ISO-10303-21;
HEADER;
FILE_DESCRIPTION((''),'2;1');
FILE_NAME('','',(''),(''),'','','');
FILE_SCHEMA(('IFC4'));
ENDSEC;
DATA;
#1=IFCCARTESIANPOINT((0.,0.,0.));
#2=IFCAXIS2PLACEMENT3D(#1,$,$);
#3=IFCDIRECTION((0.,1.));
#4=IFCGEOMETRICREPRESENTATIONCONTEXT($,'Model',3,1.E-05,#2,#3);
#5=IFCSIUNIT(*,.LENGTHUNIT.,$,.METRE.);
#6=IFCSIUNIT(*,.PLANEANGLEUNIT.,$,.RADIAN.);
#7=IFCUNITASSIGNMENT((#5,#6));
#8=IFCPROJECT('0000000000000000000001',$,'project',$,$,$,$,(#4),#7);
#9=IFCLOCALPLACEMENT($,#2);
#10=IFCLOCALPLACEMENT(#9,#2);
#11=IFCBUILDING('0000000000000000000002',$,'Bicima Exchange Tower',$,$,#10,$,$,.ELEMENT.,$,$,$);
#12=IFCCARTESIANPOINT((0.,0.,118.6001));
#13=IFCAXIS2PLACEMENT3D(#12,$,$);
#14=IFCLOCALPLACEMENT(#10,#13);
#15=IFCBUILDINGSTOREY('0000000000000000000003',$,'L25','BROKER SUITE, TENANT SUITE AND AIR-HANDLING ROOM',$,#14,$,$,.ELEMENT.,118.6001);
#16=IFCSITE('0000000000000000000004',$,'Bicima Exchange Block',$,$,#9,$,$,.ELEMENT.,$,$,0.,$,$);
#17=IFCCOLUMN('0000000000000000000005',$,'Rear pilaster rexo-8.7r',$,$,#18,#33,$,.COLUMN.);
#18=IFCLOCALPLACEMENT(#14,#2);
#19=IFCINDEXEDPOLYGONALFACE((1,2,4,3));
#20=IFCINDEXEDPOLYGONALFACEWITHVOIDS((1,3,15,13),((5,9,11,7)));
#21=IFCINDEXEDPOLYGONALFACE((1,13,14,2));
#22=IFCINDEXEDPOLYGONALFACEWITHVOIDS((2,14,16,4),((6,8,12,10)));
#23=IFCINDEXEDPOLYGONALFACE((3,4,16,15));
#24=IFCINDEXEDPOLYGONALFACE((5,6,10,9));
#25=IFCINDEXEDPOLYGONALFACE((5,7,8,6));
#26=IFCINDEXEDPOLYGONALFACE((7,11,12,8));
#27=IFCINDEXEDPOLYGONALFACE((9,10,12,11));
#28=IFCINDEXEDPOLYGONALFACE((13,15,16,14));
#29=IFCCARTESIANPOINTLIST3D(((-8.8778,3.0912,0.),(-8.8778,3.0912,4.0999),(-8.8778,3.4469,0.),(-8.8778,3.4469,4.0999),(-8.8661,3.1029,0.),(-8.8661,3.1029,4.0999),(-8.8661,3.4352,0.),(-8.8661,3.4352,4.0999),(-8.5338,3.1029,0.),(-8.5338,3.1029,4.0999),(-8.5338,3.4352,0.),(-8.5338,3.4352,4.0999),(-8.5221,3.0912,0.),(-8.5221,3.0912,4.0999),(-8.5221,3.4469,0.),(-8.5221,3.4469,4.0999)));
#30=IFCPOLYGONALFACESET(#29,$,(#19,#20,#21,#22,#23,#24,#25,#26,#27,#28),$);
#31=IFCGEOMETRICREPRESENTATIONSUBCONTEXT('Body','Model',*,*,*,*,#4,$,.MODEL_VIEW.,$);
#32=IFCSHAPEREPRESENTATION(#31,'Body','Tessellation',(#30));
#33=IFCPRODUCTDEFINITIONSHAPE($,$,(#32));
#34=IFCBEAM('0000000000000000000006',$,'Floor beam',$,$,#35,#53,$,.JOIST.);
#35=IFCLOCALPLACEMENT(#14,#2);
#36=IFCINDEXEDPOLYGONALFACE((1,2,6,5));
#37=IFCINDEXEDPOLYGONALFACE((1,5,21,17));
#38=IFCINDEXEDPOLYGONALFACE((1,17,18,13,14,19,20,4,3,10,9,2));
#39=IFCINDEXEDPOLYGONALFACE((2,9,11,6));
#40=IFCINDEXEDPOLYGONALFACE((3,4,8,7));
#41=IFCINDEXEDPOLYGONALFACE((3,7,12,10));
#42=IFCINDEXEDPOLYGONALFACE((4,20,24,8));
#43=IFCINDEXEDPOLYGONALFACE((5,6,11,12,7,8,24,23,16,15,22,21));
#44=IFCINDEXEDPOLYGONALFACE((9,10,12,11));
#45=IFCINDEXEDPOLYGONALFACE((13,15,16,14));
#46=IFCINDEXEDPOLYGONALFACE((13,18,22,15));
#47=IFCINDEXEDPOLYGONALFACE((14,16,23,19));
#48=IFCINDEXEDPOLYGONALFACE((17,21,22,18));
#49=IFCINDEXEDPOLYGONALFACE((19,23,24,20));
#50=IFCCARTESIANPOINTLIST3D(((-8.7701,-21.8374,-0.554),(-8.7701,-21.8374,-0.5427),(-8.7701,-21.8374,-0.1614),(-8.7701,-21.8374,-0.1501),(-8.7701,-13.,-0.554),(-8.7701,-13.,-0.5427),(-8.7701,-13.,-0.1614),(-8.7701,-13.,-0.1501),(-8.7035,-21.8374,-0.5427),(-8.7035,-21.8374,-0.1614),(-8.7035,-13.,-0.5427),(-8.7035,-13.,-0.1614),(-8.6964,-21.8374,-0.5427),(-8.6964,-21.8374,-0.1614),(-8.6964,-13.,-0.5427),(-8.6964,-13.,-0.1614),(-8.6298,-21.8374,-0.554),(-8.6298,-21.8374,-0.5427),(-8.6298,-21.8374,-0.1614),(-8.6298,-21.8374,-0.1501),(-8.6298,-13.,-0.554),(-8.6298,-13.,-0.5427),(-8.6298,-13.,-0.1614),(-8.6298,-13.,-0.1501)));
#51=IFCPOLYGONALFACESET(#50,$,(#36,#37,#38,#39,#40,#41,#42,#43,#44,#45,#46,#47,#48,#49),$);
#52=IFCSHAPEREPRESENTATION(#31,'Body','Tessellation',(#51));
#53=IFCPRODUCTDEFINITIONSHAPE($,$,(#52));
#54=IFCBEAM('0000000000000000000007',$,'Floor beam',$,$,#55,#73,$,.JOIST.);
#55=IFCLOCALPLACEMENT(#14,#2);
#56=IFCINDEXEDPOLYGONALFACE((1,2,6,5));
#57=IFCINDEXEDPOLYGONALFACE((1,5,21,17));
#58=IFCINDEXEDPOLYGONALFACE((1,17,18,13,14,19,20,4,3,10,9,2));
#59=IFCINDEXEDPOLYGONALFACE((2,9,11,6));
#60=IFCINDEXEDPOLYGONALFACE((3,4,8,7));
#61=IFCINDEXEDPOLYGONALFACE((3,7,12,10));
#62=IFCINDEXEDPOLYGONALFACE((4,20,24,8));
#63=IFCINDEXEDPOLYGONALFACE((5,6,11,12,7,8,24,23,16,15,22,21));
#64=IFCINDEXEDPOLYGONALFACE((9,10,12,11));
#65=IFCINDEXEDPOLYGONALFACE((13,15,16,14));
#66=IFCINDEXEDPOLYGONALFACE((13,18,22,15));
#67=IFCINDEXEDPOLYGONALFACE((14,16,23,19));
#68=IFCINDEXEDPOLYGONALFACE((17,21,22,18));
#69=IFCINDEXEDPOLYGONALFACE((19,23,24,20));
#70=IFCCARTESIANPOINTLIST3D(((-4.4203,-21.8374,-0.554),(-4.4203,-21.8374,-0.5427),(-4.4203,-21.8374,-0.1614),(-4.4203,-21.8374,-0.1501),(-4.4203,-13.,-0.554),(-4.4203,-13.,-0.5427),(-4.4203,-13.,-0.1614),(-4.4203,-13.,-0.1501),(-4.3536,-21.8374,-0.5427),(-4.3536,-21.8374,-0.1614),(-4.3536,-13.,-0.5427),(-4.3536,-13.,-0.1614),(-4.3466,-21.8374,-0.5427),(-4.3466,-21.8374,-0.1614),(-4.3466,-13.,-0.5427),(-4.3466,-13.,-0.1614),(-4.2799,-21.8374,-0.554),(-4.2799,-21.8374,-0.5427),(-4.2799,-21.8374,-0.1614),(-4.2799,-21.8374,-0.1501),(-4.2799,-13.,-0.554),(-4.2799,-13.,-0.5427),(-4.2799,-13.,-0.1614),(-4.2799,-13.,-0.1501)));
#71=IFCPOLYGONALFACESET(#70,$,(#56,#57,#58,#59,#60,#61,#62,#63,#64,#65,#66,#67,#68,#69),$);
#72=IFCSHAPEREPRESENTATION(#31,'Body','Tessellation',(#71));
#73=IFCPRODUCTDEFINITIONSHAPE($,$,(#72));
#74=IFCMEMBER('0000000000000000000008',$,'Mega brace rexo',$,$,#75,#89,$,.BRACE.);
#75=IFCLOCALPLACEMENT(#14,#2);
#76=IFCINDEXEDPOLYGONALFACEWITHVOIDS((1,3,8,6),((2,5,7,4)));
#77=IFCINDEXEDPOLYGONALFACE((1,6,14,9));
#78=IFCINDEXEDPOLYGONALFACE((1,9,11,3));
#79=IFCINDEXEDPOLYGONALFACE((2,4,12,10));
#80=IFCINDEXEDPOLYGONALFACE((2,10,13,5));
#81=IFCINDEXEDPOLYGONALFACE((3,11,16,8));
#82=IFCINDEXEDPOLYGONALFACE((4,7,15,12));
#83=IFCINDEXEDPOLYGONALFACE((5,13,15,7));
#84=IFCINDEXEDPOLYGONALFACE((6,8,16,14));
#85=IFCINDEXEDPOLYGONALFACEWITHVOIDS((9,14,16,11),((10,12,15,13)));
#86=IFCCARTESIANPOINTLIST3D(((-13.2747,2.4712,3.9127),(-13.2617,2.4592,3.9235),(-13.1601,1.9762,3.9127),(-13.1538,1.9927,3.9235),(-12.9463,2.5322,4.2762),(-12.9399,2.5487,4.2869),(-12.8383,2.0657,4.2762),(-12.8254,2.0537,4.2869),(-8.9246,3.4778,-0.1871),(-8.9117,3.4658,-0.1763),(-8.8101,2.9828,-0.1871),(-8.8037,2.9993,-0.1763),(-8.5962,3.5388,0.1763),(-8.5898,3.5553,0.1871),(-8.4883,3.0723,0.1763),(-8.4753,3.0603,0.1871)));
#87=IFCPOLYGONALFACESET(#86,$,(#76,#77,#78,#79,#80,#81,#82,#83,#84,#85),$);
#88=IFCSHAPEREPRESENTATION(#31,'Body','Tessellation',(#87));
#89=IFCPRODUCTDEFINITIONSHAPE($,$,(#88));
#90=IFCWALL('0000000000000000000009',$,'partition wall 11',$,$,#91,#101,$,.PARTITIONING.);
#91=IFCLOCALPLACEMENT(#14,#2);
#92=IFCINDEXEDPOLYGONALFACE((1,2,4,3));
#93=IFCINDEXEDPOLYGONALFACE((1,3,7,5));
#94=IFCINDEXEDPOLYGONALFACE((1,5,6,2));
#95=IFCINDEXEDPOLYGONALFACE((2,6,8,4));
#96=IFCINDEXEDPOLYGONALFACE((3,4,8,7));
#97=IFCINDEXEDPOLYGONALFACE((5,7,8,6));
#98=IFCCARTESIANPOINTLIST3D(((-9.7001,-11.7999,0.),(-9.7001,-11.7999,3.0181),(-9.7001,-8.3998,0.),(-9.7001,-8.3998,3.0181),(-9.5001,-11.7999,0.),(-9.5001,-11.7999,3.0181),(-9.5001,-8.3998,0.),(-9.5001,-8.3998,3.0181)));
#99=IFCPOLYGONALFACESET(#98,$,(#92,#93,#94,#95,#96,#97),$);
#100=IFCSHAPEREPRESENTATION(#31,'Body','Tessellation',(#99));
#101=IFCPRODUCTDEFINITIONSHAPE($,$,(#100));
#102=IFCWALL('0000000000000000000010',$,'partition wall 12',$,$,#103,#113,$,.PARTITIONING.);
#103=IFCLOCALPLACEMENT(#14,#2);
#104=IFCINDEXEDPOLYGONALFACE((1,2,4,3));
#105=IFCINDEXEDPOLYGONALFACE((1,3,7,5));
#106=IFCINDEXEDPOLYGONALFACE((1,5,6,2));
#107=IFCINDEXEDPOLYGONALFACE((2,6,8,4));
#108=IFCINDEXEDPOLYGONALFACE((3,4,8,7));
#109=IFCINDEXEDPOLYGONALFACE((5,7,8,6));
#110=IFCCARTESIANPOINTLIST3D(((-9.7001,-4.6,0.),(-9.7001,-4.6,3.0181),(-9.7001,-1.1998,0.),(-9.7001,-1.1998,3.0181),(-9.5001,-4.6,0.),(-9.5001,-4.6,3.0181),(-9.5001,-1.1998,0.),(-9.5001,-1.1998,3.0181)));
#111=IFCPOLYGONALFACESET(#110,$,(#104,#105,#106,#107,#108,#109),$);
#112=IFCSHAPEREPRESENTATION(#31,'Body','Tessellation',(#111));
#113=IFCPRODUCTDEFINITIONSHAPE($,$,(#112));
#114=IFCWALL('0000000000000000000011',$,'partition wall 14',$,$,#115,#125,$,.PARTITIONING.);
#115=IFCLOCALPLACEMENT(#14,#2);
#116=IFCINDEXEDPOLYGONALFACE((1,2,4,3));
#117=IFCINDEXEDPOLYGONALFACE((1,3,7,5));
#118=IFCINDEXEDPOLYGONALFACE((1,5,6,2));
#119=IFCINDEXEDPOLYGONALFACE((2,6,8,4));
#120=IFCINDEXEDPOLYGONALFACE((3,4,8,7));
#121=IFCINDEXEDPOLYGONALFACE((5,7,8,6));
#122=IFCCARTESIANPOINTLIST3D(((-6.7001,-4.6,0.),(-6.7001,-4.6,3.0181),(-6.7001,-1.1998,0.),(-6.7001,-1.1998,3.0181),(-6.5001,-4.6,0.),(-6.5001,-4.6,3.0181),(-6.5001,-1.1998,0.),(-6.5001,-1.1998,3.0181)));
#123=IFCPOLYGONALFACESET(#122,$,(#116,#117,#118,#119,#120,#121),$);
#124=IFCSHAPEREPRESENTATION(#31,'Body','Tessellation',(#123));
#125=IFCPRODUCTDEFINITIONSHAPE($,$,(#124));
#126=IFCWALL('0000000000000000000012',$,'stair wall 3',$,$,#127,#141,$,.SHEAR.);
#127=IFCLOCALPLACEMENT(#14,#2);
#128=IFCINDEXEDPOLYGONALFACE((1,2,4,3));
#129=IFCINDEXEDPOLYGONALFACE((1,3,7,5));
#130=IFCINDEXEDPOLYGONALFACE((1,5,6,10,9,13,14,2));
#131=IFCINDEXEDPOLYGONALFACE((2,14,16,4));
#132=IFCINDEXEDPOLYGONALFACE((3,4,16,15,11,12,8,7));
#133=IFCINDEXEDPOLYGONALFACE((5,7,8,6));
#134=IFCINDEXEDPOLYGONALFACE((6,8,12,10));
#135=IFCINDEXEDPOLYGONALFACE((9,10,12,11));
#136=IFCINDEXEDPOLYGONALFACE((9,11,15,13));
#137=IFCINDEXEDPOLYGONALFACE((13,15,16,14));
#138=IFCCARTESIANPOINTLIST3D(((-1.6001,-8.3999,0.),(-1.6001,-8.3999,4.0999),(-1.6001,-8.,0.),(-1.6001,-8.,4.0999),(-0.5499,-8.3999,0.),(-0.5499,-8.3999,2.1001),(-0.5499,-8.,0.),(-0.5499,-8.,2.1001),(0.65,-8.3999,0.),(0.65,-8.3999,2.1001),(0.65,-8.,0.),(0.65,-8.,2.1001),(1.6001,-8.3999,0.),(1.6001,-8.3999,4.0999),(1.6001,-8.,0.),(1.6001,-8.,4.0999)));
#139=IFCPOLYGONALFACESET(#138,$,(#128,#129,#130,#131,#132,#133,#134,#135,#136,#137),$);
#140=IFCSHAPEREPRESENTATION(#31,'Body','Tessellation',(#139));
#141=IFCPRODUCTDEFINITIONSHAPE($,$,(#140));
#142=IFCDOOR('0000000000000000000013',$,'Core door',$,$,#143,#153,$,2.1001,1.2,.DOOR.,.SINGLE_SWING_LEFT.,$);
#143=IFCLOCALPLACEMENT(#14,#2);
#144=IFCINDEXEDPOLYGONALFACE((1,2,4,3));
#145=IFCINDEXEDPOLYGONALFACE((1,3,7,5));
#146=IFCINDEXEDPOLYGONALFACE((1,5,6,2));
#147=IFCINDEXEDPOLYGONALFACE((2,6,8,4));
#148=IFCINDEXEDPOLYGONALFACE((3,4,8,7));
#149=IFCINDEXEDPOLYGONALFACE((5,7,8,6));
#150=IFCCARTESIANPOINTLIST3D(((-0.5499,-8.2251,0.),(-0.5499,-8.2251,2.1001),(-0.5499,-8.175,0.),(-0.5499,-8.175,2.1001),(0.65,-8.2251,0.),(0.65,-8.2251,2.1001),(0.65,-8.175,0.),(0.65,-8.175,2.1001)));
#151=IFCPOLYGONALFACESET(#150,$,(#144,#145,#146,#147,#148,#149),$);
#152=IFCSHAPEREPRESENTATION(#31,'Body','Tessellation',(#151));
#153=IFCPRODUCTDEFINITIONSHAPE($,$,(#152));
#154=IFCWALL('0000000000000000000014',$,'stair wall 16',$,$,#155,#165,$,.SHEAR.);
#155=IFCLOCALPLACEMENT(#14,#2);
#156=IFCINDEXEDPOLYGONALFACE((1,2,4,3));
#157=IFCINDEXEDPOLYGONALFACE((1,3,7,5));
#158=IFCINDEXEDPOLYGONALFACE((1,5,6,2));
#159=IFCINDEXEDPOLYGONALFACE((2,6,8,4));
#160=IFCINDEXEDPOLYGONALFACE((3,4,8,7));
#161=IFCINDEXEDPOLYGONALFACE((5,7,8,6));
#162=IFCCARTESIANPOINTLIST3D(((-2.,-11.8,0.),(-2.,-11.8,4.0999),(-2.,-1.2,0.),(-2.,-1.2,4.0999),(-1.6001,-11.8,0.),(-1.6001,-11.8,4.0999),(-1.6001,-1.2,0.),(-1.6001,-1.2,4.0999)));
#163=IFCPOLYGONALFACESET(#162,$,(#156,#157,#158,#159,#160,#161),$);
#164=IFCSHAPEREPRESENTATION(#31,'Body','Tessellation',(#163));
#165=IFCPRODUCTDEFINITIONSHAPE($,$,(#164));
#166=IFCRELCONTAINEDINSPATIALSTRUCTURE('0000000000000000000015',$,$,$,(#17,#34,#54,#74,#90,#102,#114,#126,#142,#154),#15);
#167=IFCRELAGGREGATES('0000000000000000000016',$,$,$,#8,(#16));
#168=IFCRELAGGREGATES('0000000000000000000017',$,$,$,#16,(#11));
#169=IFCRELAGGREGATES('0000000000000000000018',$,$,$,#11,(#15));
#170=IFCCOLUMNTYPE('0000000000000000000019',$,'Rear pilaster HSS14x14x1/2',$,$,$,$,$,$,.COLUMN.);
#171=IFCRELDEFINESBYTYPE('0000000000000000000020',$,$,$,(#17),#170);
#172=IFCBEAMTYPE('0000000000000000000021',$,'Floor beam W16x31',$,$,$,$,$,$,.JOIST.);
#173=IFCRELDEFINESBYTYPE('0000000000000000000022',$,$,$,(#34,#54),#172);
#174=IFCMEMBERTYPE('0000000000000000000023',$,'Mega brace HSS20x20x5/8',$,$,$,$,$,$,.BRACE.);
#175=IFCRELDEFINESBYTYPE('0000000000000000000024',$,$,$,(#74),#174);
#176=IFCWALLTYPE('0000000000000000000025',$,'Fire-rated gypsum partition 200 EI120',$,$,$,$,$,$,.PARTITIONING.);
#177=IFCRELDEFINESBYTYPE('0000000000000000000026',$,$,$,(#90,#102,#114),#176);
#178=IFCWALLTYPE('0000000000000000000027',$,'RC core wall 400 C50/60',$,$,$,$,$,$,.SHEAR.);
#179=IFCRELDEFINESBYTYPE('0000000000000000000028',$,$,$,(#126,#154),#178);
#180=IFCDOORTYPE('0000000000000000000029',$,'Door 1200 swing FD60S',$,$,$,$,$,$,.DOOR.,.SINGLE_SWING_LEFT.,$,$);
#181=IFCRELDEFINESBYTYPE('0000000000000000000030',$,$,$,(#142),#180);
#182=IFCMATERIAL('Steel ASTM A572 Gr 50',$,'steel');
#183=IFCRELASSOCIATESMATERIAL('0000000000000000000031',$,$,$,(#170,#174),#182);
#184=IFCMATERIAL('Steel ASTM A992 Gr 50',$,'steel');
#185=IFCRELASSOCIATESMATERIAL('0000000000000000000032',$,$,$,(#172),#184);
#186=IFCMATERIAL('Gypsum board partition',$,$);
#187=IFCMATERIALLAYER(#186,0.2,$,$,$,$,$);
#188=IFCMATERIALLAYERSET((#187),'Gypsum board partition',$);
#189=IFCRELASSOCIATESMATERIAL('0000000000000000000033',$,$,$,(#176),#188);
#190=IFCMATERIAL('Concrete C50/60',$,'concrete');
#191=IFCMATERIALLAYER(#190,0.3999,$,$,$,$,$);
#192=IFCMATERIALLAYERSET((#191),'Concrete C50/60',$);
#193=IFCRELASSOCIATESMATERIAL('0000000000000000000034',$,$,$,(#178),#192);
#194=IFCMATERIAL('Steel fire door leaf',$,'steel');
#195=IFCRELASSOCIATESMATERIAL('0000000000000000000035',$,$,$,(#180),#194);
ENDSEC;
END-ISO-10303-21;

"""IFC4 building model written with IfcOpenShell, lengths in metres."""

from ifc_helpers import new_model, si_unit, direction, frame, frame_2d, origin, origin_2d, place, context, subcontext, project, spatial, rectangle, hollow_rectangle, i_section, extrude, material, layer, layer_set, material_profile, profile_set, type_object, element, fill, save


model = new_model("IFC4")

# Units and contexts
model_context = context("Model", 3, precision=1e-05, world=origin(), true_north=direction((0.0, 1.0)))
body_context = subcontext(model_context, "Body", "Model", "MODEL_VIEW")
ifc_project = project(units=[si_unit("LENGTHUNIT", "METRE"), si_unit("PLANEANGLEUNIT", "RADIAN")], contexts=[model_context])

# Site, building, storey
site_placement = place(None, origin())
site = spatial("IfcSite", under=ifc_project, at=site_placement, Name="Bicima Exchange Block", CompositionType="ELEMENT", RefElevation=0.0)
building_placement = place(site_placement, origin())
building = spatial("IfcBuilding", under=site, at=building_placement, Name="Bicima Exchange Tower", CompositionType="ELEMENT")
storey_placement = place(building_placement, frame((0.0, 0.0, 118.6001)))
storey = spatial("IfcBuildingStorey", under=building, at=storey_placement, Name="L25", Description="BROKER SUITE, TENANT SUITE AND AIR-HANDLING ROOM", CompositionType="ELEMENT", Elevation=118.6001)

# Column
ifc_material_1 = material(Name="Steel ASTM A572 Gr 50", Category="steel")
ifc_material_profile_1 = material_profile(ifc_material_1, hollow_rectangle(XDim=0.3557, YDim=0.3557, WallThickness=0.0117, at=origin_2d()))
ifc_profile_set_1 = profile_set([ifc_material_profile_1], Name="Steel ASTM A572 Gr 50")
column_type = type_object("IfcColumnType", Name="Rear pilaster HSS14x14x1/2", PredefinedType="COLUMN", material=ifc_profile_set_1)
column_placement = place(storey_placement, frame((-8.7, 3.269, 0.0), z_axis=(0.0, 0.0, 1.0), x_axis=(1.0, 0.0, 0.0)))
element("IfcColumn", 1, at=column_placement, inside=storey, type_object=column_type, Name="Rear pilaster rexo-8.7r", PredefinedType="COLUMN", context=body_context, shape_type="SweptSolid", body=[
    extrude(hollow_rectangle(XDim=0.3557, YDim=0.3557, WallThickness=0.0117, at=origin_2d()), origin(), (0.0, 0.0, 1.0), 4.0999),
])

# Beams
ifc_material_2 = material(Name="Steel ASTM A992 Gr 50", Category="steel")
ifc_material_profile_2 = material_profile(ifc_material_2, i_section(OverallWidth=0.1404, OverallDepth=0.4038, WebThickness=0.0071, FlangeThickness=0.0112, at=origin_2d()))
ifc_profile_set_2 = profile_set([ifc_material_profile_2], Name="Steel ASTM A992 Gr 50")
beam_type = type_object("IfcBeamType", Name="Floor beam W16x31", PredefinedType="JOIST", material=ifc_profile_set_2)
for number, where, z_axis, x_axis, name in (
    (2, (-8.7, -13.0, -0.3521), (0.0, -1.0, 0.0), (1.0, 0.0, 0.0), "Floor beam"),
    (3, (-4.3501, -13.0, -0.3521), (0.0, -1.0, 0.0), (1.0, 0.0, 0.0), "Floor beam"),
):
    element("IfcBeam", number, at=place(storey_placement, frame(where, z_axis=z_axis, x_axis=x_axis)), inside=storey, type_object=beam_type, Name=name, PredefinedType="JOIST", context=body_context, shape_type="SweptSolid", body=[
        extrude(i_section(OverallWidth=0.1404, OverallDepth=0.4038, WebThickness=0.0071, FlangeThickness=0.0112, at=origin_2d()), origin(), (0.0, 0.0, 1.0), 8.8374),
    ])

# Member
ifc_material_profile_3 = material_profile(ifc_material_1, hollow_rectangle(XDim=0.5081, YDim=0.5081, WallThickness=0.0146, at=origin_2d()))
ifc_profile_set_3 = profile_set([ifc_material_profile_3], Name="Steel ASTM A572 Gr 50")
member_type = type_object("IfcMemberType", Name="Mega brace HSS20x20x5/8", PredefinedType="BRACE", material=ifc_profile_set_3)
member_placement = place(storey_placement, frame((-8.7, 3.269, 0.0), z_axis=(-0.717625, -0.166055, 0.676343), x_axis=(0.225439, -0.974257, 0.0)))
element("IfcMember", 4, at=member_placement, inside=storey, type_object=member_type, Name="Mega brace rexo", PredefinedType="BRACE", context=body_context, shape_type="SweptSolid", body=[
    extrude(hollow_rectangle(XDim=0.5081, YDim=0.5081, WallThickness=0.0146, at=origin_2d()), origin(), (0.0, 0.0, 1.0), 6.0618),
])

# Walls
ifc_material_3 = material(Name="Gypsum board partition")
ifc_layer_1 = layer(ifc_material_3, 0.2)
ifc_layer_set_1 = layer_set([ifc_layer_1], Name="Gypsum board partition")
wall_type_1 = type_object("IfcWallType", Name="Fire-rated gypsum partition 200 EI120", PredefinedType="PARTITIONING", material=ifc_layer_set_1)
for number, where, z_axis, x_axis, name in (
    (5, (-9.6001, -11.8, 0.0), (0.0, 0.0, 1.0), (0.0, 1.0, 0.0), "partition wall 11"),
    (6, (-9.6001, -4.6001, 0.0), (0.0, 0.0, 1.0), (0.0, 1.0, 0.0), "partition wall 12"),
    (7, (-6.6001, -4.6001, 0.0), (0.0, 0.0, 1.0), (0.0, 1.0, 0.0), "partition wall 14"),
):
    element("IfcWall", number, at=place(storey_placement, frame(where, z_axis=z_axis, x_axis=x_axis)), inside=storey, type_object=wall_type_1, Name=name, PredefinedType="PARTITIONING", context=body_context, shape_type="SweptSolid", body=[
        extrude(rectangle(XDim=3.4001, YDim=0.2, at=frame_2d((1.7002, 0.0))), origin(), (0.0, 0.0, 1.0), 3.0181),
    ])

# Wall, opening, door
ifc_material_4 = material(Name="Concrete C50/60", Category="concrete")
ifc_layer_2 = layer(ifc_material_4, 0.3999)
ifc_layer_set_2 = layer_set([ifc_layer_2], Name="Concrete C50/60")
wall_type_2 = type_object("IfcWallType", Name="RC core wall 400 C50/60", PredefinedType="SHEAR", material=ifc_layer_set_2)
wall_1_placement = place(storey_placement, frame((-1.6001, -8.2, 0.0), z_axis=(0.0, 0.0, 1.0), x_axis=(1.0, 0.0, 0.0)))
wall_1 = element("IfcWall", 8, at=wall_1_placement, inside=storey, type_object=wall_type_2, Name="stair wall 3", PredefinedType="SHEAR", context=body_context, shape_type="SweptSolid", body=[
    extrude(rectangle(XDim=3.2002, YDim=0.3999, at=frame_2d((1.6001, 0.0))), origin(), (0.0, 0.0, 1.0), 4.0999),
])
opening_1_placement = place(wall_1_placement, frame((1.05, 0.0, 0.0)))
opening_1 = element("IfcOpeningElement", 9, at=opening_1_placement, cuts=wall_1, PredefinedType="OPENING", context=body_context, shape_type="SweptSolid", body=[
    extrude(rectangle(XDim=1.2, YDim=2.1001, at=frame_2d((0.6001, 1.05))), frame((0.0, 0.2119, 0.0), z_axis=(0.0, -1.0, 0.0), x_axis=(1.0, 0.0, 0.0)), (0.0, 0.0, 1.0), 0.4238),
])
ifc_material_5 = material(Name="Steel fire door leaf", Category="steel")
door_type_1 = type_object("IfcDoorType", Name="Door 1200 swing FD60S", OperationType="SINGLE_SWING_LEFT", PredefinedType="DOOR", material=ifc_material_5)
door_1_placement = place(opening_1_placement, origin())
door_1 = element("IfcDoor", 10, at=door_1_placement, inside=storey, type_object=door_type_1, Name="Core door", OperationType="SINGLE_SWING_LEFT", OverallHeight=2.1001, OverallWidth=1.2, PredefinedType="DOOR", context=body_context, shape_type="SweptSolid", body=[
    extrude(rectangle(XDim=1.2, YDim=2.1001, at=frame_2d((0.6001, 1.05))), frame((0.0, 0.0249, 0.0), z_axis=(0.0, -1.0, 0.0), x_axis=(1.0, 0.0, 0.0)), (0.0, 0.0, 1.0), 0.05),
])
fill(opening_1, door_1)

# Wall
wall_2_placement = place(storey_placement, frame((-1.8, -11.8, 0.0), z_axis=(0.0, 0.0, 1.0), x_axis=(0.0, 1.0, 0.0)))
element("IfcWall", 11, at=wall_2_placement, inside=storey, type_object=wall_type_2, Name="stair wall 16", PredefinedType="SHEAR", context=body_context, shape_type="SweptSolid", body=[
    extrude(rectangle(XDim=10.6001, YDim=0.3999, at=frame_2d((5.3, 0.0))), origin(), (0.0, 0.0, 1.0), 4.0999),
])

save(model, "model.ifc")
